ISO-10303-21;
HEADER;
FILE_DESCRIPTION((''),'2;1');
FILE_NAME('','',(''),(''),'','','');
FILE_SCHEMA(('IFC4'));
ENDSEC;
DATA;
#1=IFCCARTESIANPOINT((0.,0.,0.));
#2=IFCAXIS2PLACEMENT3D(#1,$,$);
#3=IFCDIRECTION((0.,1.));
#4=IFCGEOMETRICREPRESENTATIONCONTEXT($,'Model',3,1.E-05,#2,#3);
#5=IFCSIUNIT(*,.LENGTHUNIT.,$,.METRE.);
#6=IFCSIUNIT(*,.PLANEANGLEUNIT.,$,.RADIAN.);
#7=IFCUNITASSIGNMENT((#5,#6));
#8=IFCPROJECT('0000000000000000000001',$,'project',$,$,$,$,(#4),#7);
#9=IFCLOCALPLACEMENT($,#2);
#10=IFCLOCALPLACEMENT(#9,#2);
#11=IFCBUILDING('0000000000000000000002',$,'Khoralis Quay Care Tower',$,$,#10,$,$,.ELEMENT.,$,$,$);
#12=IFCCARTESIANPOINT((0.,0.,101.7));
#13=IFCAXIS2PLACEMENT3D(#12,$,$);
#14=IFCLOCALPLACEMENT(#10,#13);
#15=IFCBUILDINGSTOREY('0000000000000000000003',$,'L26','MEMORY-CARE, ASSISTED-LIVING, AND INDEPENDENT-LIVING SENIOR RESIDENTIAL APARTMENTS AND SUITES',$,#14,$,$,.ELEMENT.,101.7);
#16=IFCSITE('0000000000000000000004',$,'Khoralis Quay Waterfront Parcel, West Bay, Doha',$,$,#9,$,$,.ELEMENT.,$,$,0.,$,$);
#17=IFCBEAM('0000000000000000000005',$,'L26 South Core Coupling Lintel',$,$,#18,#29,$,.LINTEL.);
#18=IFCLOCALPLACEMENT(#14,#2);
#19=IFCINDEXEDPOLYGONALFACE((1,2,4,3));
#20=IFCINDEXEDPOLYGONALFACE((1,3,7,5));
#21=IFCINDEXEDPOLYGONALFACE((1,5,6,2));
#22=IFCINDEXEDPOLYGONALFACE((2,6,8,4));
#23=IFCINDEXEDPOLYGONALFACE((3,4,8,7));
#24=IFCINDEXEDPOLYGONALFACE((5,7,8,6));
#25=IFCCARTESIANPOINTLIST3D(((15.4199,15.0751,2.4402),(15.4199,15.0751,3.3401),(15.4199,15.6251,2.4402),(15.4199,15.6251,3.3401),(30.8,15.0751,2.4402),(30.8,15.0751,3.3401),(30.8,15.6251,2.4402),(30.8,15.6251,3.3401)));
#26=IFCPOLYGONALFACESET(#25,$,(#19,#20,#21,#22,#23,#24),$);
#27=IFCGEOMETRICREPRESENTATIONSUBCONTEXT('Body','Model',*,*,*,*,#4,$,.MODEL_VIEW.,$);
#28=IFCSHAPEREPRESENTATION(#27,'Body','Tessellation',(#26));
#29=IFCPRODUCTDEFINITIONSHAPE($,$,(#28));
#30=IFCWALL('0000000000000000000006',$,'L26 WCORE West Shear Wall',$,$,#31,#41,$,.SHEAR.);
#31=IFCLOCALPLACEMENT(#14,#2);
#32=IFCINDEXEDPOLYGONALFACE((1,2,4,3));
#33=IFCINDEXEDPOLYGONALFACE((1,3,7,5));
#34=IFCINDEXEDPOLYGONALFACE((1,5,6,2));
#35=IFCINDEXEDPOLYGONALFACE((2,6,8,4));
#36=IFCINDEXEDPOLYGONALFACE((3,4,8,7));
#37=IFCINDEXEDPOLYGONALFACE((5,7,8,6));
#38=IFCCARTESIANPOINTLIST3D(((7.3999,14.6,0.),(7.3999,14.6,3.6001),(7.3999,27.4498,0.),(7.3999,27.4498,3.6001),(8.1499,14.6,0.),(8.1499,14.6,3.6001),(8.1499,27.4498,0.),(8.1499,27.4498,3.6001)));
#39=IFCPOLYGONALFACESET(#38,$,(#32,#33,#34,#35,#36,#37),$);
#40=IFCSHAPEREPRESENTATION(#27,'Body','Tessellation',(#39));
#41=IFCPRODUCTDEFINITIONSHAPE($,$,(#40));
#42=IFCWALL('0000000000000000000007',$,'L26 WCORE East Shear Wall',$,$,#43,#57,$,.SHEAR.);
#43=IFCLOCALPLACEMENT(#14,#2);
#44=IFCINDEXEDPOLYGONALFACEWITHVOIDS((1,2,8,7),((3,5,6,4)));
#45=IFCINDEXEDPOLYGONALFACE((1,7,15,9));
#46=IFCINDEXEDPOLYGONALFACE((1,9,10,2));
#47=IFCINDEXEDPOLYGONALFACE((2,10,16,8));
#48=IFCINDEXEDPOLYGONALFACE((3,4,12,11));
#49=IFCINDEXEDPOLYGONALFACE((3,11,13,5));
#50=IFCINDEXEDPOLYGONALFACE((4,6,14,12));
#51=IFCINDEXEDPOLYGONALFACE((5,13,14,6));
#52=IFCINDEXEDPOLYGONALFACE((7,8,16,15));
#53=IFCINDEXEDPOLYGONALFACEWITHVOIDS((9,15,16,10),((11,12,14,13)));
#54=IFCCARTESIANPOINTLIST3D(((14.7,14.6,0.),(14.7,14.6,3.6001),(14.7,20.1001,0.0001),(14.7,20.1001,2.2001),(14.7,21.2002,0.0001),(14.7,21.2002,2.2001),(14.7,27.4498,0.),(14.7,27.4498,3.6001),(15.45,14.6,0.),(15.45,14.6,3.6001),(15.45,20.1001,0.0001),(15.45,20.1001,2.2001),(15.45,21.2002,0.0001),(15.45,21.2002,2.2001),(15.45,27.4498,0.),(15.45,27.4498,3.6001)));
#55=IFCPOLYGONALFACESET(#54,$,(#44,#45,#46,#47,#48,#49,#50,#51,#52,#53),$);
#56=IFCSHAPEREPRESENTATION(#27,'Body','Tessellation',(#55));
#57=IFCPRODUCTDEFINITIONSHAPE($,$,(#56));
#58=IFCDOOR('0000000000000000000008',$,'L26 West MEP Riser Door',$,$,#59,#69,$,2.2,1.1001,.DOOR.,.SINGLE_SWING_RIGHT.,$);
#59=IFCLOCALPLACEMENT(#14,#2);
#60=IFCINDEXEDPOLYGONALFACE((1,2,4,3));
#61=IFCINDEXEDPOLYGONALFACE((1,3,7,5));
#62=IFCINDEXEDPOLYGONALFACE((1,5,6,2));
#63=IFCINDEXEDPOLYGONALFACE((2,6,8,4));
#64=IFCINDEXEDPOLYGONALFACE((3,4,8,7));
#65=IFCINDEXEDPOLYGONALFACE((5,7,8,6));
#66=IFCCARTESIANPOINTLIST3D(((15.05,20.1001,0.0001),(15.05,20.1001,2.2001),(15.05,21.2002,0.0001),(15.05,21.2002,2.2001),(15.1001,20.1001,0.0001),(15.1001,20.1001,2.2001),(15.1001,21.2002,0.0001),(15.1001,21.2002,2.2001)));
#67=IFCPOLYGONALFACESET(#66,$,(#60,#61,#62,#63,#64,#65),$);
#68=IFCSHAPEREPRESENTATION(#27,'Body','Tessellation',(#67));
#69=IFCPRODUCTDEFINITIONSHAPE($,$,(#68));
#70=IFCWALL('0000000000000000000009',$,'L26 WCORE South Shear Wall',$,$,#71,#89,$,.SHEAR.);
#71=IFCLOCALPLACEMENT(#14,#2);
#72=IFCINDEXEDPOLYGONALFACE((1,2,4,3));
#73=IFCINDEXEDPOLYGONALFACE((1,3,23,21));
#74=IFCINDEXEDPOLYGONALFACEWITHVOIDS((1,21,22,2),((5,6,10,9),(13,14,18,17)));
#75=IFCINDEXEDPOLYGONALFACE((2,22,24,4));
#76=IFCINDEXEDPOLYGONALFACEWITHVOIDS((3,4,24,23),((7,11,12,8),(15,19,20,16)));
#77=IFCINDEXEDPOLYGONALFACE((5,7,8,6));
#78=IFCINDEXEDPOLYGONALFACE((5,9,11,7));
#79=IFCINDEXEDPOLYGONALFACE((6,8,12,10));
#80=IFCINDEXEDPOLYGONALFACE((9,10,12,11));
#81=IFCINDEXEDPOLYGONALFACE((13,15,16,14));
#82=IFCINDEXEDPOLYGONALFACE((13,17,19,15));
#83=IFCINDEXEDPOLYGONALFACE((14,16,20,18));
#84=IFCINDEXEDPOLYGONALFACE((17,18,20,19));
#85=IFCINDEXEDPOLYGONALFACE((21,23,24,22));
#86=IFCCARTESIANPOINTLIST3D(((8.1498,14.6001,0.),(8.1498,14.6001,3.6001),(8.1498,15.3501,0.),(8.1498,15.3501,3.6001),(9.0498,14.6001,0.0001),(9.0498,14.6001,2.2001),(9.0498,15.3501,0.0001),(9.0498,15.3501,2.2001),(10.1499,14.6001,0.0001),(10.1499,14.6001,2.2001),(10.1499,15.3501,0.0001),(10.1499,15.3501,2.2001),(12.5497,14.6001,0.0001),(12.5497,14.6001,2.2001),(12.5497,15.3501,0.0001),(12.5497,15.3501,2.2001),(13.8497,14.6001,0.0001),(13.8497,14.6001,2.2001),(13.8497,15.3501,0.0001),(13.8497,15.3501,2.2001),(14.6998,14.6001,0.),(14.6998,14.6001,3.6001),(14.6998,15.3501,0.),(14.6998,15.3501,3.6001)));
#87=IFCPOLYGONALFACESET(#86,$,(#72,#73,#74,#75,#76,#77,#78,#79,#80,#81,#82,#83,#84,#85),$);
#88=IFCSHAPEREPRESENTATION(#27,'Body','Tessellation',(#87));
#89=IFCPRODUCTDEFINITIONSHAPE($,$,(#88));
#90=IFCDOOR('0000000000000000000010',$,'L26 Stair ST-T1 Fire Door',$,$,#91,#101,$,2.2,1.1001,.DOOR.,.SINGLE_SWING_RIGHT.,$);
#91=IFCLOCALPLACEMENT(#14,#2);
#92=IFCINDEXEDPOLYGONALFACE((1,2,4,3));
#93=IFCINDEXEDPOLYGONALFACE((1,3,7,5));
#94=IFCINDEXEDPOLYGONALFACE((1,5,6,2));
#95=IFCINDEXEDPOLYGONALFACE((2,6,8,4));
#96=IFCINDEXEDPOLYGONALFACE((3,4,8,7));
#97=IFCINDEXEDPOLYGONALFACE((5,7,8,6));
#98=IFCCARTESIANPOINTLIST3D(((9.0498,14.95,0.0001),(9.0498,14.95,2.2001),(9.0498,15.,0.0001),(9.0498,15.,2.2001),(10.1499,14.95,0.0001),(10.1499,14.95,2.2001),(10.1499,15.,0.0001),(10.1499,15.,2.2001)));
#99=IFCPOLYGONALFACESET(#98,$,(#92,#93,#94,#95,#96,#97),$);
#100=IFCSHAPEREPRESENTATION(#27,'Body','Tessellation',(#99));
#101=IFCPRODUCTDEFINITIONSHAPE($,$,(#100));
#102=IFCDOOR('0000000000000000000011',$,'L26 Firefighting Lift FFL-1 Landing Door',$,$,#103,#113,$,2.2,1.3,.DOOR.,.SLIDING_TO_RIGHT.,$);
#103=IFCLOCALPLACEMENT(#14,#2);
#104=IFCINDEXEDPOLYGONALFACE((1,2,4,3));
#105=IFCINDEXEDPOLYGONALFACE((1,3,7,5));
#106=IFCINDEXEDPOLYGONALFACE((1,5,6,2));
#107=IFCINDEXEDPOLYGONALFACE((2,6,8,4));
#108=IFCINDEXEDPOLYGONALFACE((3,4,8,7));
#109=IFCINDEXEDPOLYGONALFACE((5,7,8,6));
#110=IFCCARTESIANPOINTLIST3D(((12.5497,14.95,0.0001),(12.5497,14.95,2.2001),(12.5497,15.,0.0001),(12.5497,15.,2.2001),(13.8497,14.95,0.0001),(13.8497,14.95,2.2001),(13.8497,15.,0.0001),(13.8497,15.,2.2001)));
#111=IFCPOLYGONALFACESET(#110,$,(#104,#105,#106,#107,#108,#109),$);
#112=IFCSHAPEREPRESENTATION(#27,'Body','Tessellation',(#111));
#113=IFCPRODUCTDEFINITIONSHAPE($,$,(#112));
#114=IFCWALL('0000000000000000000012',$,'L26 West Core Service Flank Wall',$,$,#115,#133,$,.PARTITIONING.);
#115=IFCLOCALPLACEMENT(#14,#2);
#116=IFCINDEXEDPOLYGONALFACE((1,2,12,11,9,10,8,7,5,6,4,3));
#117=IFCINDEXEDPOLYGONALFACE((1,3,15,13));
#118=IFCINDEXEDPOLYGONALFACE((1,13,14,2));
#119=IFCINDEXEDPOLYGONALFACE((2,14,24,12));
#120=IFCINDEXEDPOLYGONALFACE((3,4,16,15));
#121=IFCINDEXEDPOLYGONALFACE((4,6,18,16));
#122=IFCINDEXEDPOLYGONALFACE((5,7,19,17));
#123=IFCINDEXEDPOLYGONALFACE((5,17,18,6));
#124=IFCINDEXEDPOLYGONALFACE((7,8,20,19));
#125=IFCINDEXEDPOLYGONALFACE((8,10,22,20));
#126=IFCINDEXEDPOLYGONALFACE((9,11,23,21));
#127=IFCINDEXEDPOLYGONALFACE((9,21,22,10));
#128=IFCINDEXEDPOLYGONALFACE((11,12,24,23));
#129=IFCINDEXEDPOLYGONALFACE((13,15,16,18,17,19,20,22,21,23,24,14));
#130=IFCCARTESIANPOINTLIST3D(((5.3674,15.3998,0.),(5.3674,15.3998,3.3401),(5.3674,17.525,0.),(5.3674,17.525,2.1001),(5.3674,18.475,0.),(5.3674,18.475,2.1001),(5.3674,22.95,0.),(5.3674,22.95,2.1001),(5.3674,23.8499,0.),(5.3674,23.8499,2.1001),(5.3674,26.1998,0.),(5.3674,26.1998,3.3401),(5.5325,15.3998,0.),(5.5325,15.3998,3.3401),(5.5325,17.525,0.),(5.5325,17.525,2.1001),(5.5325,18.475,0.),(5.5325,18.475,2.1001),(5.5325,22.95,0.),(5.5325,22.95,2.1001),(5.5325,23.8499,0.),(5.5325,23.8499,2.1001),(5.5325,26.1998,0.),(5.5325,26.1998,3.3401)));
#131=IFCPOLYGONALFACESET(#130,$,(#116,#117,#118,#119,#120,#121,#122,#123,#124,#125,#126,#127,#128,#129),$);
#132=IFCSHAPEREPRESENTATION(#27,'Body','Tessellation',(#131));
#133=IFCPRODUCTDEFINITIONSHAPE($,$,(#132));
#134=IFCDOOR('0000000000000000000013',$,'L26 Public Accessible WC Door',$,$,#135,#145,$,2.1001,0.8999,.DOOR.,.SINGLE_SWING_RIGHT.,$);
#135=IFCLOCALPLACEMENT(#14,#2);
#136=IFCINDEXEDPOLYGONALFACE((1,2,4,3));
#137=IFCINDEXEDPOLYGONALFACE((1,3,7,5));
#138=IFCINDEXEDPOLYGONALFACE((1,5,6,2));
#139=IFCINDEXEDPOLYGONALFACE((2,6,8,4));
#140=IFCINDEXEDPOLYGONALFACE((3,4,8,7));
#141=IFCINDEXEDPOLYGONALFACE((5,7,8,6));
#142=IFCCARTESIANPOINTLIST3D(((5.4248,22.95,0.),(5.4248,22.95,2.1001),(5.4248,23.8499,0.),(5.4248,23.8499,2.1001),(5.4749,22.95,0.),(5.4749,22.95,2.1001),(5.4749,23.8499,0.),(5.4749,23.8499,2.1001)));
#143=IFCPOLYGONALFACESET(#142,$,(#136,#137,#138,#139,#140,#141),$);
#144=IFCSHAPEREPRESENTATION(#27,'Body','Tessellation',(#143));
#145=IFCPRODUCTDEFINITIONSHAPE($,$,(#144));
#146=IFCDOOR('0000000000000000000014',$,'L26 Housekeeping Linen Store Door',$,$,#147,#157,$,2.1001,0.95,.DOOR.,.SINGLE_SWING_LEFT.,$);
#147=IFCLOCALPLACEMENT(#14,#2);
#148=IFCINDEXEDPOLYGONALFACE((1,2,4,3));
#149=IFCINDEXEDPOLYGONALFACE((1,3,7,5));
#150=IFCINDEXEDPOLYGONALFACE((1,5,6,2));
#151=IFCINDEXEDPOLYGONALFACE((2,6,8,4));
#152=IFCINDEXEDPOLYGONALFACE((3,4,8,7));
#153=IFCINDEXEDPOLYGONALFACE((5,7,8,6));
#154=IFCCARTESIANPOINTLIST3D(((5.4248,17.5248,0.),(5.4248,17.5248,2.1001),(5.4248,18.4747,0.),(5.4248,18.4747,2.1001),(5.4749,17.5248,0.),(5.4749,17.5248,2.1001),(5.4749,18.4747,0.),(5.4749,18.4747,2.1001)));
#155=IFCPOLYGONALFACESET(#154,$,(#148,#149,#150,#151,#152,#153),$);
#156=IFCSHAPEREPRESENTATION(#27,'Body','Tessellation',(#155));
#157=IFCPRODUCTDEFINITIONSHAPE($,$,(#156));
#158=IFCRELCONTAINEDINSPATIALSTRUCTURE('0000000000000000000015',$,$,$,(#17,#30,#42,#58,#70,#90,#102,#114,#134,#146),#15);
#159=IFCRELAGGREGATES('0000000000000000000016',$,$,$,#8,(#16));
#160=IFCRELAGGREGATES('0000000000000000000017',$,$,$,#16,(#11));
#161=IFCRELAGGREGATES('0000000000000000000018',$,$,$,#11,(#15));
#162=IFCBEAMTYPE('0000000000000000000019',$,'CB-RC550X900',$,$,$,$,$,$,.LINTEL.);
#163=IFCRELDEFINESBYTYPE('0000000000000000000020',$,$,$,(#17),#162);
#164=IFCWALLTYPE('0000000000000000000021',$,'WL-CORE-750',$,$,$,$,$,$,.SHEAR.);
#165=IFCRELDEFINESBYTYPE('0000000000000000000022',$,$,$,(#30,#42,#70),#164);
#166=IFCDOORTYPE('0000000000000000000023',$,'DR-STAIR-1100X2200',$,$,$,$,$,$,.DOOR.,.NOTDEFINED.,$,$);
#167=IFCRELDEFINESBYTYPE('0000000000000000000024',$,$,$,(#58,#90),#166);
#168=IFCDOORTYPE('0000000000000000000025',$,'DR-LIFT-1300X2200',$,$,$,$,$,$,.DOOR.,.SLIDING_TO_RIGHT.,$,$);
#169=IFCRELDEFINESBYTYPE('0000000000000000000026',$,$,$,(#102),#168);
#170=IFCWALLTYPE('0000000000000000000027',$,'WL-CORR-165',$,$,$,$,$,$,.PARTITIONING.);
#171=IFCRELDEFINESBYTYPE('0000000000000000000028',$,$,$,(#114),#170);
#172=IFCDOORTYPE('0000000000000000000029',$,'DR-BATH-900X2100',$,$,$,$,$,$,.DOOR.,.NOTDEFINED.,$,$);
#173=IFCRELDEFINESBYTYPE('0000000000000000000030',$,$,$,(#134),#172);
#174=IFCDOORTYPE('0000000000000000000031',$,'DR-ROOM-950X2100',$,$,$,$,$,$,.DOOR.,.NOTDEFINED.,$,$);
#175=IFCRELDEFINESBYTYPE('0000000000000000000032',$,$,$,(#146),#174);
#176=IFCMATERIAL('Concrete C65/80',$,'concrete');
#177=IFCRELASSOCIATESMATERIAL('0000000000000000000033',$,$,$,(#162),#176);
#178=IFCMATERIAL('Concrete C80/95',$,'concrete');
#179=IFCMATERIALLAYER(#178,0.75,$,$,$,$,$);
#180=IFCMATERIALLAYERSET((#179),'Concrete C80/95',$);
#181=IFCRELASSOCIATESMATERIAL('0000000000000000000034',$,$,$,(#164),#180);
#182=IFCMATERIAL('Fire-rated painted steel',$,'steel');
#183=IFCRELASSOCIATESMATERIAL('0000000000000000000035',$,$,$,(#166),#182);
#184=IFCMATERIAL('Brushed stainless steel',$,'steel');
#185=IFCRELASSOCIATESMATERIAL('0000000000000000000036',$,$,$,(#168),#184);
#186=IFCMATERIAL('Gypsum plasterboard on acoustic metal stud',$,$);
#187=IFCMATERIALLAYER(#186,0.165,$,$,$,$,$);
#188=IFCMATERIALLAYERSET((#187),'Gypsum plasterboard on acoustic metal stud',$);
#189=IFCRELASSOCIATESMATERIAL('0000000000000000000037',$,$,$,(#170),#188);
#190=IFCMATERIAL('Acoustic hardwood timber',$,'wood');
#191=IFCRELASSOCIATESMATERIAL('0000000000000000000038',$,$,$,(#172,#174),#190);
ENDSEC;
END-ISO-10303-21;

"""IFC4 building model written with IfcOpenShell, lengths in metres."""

from ifc_helpers import new_model, si_unit, direction, frame, frame_2d, origin, origin_2d, place, context, subcontext, project, spatial, rectangle, extrude, source, transform, mapped, material, layer, layer_set, material_profile, profile_set, type_object, element, fill, save


model = new_model("IFC4")

# Units and contexts
model_context = context("Model", 3, precision=1e-05, world=origin(), true_north=direction((0.0, 1.0)))
body_context = subcontext(model_context, "Body", "Model", "MODEL_VIEW")
ifc_project = project(units=[si_unit("LENGTHUNIT", "METRE"), si_unit("PLANEANGLEUNIT", "RADIAN")], contexts=[model_context])

# Site, building, storey
site_placement = place(None, origin())
site = spatial("IfcSite", under=ifc_project, at=site_placement, Name="Khoralis Quay Waterfront Parcel, West Bay, Doha", CompositionType="ELEMENT", RefElevation=0.0)
building_placement = place(site_placement, origin())
building = spatial("IfcBuilding", under=site, at=building_placement, Name="Khoralis Quay Care Tower", CompositionType="ELEMENT")
storey_placement = place(building_placement, frame((0.0, 0.0, 101.7)))
storey = spatial("IfcBuildingStorey", under=building, at=storey_placement, Name="L26", Description="MEMORY-CARE, ASSISTED-LIVING, AND INDEPENDENT-LIVING SENIOR RESIDENTIAL APARTMENTS AND SUITES", CompositionType="ELEMENT", Elevation=101.7)

# Beam
ifc_material_1 = material(Name="Concrete C65/80", Category="concrete")
ifc_material_profile = material_profile(ifc_material_1, rectangle(XDim=0.55, YDim=0.8999, at=origin_2d()), Name="Concrete C65/80")
ifc_profile_set = profile_set([ifc_material_profile], Name="Concrete C65/80")
beam_type = type_object("IfcBeamType", Name="CB-RC550X900", PredefinedType="LINTEL", material=ifc_profile_set)
shared_shape_1 = source(origin(), body_context, "Body", "SweptSolid", [
    extrude(rectangle(XDim=0.55, YDim=0.8999, at=origin_2d()), origin(), (0.0, 0.0, 1.0), 15.3801),
])
beam_placement = place(storey_placement, frame((15.4199, 15.3501, 2.8901), z_axis=(1.0, 0.0, 0.0), x_axis=(0.0, 1.0, 0.0)))
element("IfcBeam", 1, at=beam_placement, inside=storey, type_object=beam_type, Name="L26 South Core Coupling Lintel", PredefinedType="LINTEL", context=body_context, shape_type="MappedRepresentation", body=[
    mapped(shared_shape_1, transform((0.0, 0.0, 0.0), scale=1.0)),
])

# Wall
ifc_material_2 = material(Name="Concrete C80/95", Category="concrete")
ifc_layer_1 = layer(ifc_material_2, 0.75)
ifc_layer_set_1 = layer_set([ifc_layer_1], Name="Concrete C80/95")
wall_type_1 = type_object("IfcWallType", Name="WL-CORE-750", PredefinedType="SHEAR", material=ifc_layer_set_1)
wall_1_placement = place(storey_placement, frame((7.7749, 14.6001, 0.0), z_axis=(0.0, 0.0, 1.0), x_axis=(0.0, 1.0, 0.0)))
element("IfcWall", 2, at=wall_1_placement, inside=storey, type_object=wall_type_1, Name="L26 WCORE West Shear Wall", PredefinedType="SHEAR", context=body_context, shape_type="SweptSolid", body=[
    extrude(rectangle(XDim=12.8499, YDim=0.75, at=frame_2d((6.4248, 0.0))), origin(), (0.0, 0.0, 1.0), 3.6001),
])

# Wall, opening, door
wall_2_placement = place(storey_placement, frame((15.075, 14.6001, 0.0), z_axis=(0.0, 0.0, 1.0), x_axis=(0.0, 1.0, 0.0)))
wall_2 = element("IfcWall", 3, at=wall_2_placement, inside=storey, type_object=wall_type_1, Name="L26 WCORE East Shear Wall", PredefinedType="SHEAR", context=body_context, shape_type="SweptSolid", body=[
    extrude(rectangle(XDim=12.8499, YDim=0.75, at=frame_2d((6.4248, 0.0))), origin(), (0.0, 0.0, 1.0), 3.6001),
])
opening_1_placement = place(wall_2_placement, frame((5.5, 0.0, 0.0)))
opening_1 = element("IfcOpeningElement", 4, at=opening_1_placement, cuts=wall_2, PredefinedType="OPENING", context=body_context, shape_type="SweptSolid", body=[
    extrude(rectangle(XDim=1.1001, YDim=2.2, at=frame_2d((0.55, 1.1001))), frame((0.0, 0.385, 0.0), z_axis=(0.0, -1.0, 0.0), x_axis=(1.0, 0.0, 0.0)), (0.0, 0.0, 1.0), 0.77),
])
ifc_material_3 = material(Name="Fire-rated painted steel", Category="steel")
door_type_1 = type_object("IfcDoorType", Name="DR-STAIR-1100X2200", OperationType="NOTDEFINED", PredefinedType="DOOR", material=ifc_material_3)
shared_shape_2 = source(origin(), body_context, "Body", "SweptSolid", [
    extrude(rectangle(XDim=1.1001, YDim=2.2, at=frame_2d((0.55, 1.1001))), frame((0.0, 0.0249, 0.0), z_axis=(0.0, -1.0, 0.0), x_axis=(1.0, 0.0, 0.0)), (0.0, 0.0, 1.0), 0.05),
])
door_1_placement = place(opening_1_placement, origin())
door_1 = element("IfcDoor", 5, at=door_1_placement, inside=storey, type_object=door_type_1, Name="L26 West MEP Riser Door", OperationType="SINGLE_SWING_RIGHT", OverallHeight=2.2, OverallWidth=1.1001, PredefinedType="DOOR", context=body_context, shape_type="MappedRepresentation", body=[
    mapped(shared_shape_2, transform((0.0, 0.0, 0.0), scale=1.0)),
])
fill(opening_1, door_1)

# Walls, openings, doors
wall_3_placement = place(storey_placement, frame((8.1499, 14.9751, 0.0), z_axis=(0.0, 0.0, 1.0), x_axis=(1.0, 0.0, 0.0)))
wall_3 = element("IfcWall", 6, at=wall_3_placement, inside=storey, type_object=wall_type_1, Name="L26 WCORE South Shear Wall", PredefinedType="SHEAR", context=body_context, shape_type="SweptSolid", body=[
    extrude(rectangle(XDim=6.55, YDim=0.75, at=frame_2d((3.2749, 0.0))), origin(), (0.0, 0.0, 1.0), 3.6001),
])
opening_2_placement = place(wall_3_placement, frame((0.8999, 0.0, 0.0)))
opening_2 = element("IfcOpeningElement", 7, at=opening_2_placement, cuts=wall_3, PredefinedType="OPENING", context=body_context, shape_type="SweptSolid", body=[
    extrude(rectangle(XDim=1.1001, YDim=2.2, at=frame_2d((0.55, 1.1001))), frame((0.0, 0.385, 0.0), z_axis=(0.0, -1.0, 0.0), x_axis=(1.0, 0.0, 0.0)), (0.0, 0.0, 1.0), 0.77),
])
opening_3_placement = place(wall_3_placement, frame((4.3999, 0.0, 0.0)))
opening_3 = element("IfcOpeningElement", 8, at=opening_3_placement, cuts=wall_3, PredefinedType="OPENING", context=body_context, shape_type="SweptSolid", body=[
    extrude(rectangle(XDim=1.3, YDim=2.2, at=frame_2d((0.6499, 1.1001))), frame((0.0, 0.385, 0.0), z_axis=(0.0, -1.0, 0.0), x_axis=(1.0, 0.0, 0.0)), (0.0, 0.0, 1.0), 0.77),
])
door_2_placement = place(opening_2_placement, origin())
door_2 = element("IfcDoor", 9, at=door_2_placement, inside=storey, type_object=door_type_1, Name="L26 Stair ST-T1 Fire Door", OperationType="SINGLE_SWING_RIGHT", OverallHeight=2.2, OverallWidth=1.1001, PredefinedType="DOOR", context=body_context, shape_type="MappedRepresentation", body=[
    mapped(shared_shape_2, transform((0.0, 0.0, 0.0), scale=1.0)),
])
fill(opening_2, door_2)
ifc_material_4 = material(Name="Brushed stainless steel", Category="steel")
door_type_2 = type_object("IfcDoorType", Name="DR-LIFT-1300X2200", OperationType="SLIDING_TO_RIGHT", PredefinedType="DOOR", material=ifc_material_4)
shared_shape_3 = source(origin(), body_context, "Body", "SweptSolid", [
    extrude(rectangle(XDim=1.3, YDim=2.2, at=frame_2d((0.6499, 1.1001))), frame((0.0, 0.0249, 0.0), z_axis=(0.0, -1.0, 0.0), x_axis=(1.0, 0.0, 0.0)), (0.0, 0.0, 1.0), 0.05),
])
door_3_placement = place(opening_3_placement, origin())
door_3 = element("IfcDoor", 10, at=door_3_placement, inside=storey, type_object=door_type_2, Name="L26 Firefighting Lift FFL-1 Landing Door", OperationType="SLIDING_TO_RIGHT", OverallHeight=2.2, OverallWidth=1.3, PredefinedType="DOOR", context=body_context, shape_type="MappedRepresentation", body=[
    mapped(shared_shape_3, transform((0.0, 0.0, 0.0), scale=1.0)),
])
fill(opening_3, door_3)
ifc_material_5 = material(Name="Gypsum plasterboard on acoustic metal stud")
ifc_layer_2 = layer(ifc_material_5, 0.165)
ifc_layer_set_2 = layer_set([ifc_layer_2], Name="Gypsum plasterboard on acoustic metal stud")
wall_type_2 = type_object("IfcWallType", Name="WL-CORR-165", PredefinedType="PARTITIONING", material=ifc_layer_set_2)
wall_4_placement = place(storey_placement, frame((5.45, 15.3999, 0.0), z_axis=(0.0, 0.0, 1.0), x_axis=(0.0, 1.0, 0.0)))
wall_4 = element("IfcWall", 11, at=wall_4_placement, inside=storey, type_object=wall_type_2, Name="L26 West Core Service Flank Wall", PredefinedType="PARTITIONING", context=body_context, shape_type="SweptSolid", body=[
    extrude(rectangle(XDim=10.8, YDim=0.165, at=frame_2d((5.3999, 0.0))), origin(), (0.0, 0.0, 1.0), 3.3401),
])
opening_4_placement = place(wall_4_placement, frame((2.125, 0.0, 0.0)))
opening_4 = element("IfcOpeningElement", 12, at=opening_4_placement, cuts=wall_4, PredefinedType="OPENING", context=body_context, shape_type="SweptSolid", body=[
    extrude(rectangle(XDim=0.95, YDim=2.1001, at=frame_2d((0.4751, 1.05))), frame((0.0, 0.0925, 0.0), z_axis=(0.0, -1.0, 0.0), x_axis=(1.0, 0.0, 0.0)), (0.0, 0.0, 1.0), 0.1851),
])
opening_5_placement = place(wall_4_placement, frame((7.55, 0.0, 0.0)))
opening_5 = element("IfcOpeningElement", 13, at=opening_5_placement, cuts=wall_4, PredefinedType="OPENING", context=body_context, shape_type="SweptSolid", body=[
    extrude(rectangle(XDim=0.8999, YDim=2.1001, at=frame_2d((0.45, 1.05))), frame((0.0, 0.0925, 0.0), z_axis=(0.0, -1.0, 0.0), x_axis=(1.0, 0.0, 0.0)), (0.0, 0.0, 1.0), 0.1851),
])
ifc_material_6 = material(Name="Acoustic hardwood timber", Category="wood")
door_type_3 = type_object("IfcDoorType", Name="DR-BATH-900X2100", OperationType="NOTDEFINED", PredefinedType="DOOR", material=ifc_material_6)
shared_shape_4 = source(origin(), body_context, "Body", "SweptSolid", [
    extrude(rectangle(XDim=0.8999, YDim=2.1001, at=frame_2d((0.45, 1.05))), frame((0.0, 0.0249, 0.0), z_axis=(0.0, -1.0, 0.0), x_axis=(1.0, 0.0, 0.0)), (0.0, 0.0, 1.0), 0.05),
])
door_4_placement = place(opening_5_placement, frame((0.8999, 0.0, 0.0), z_axis=(0.0, 0.0, 1.0), x_axis=(-1.0, 0.0, 0.0)))
door_4 = element("IfcDoor", 14, at=door_4_placement, inside=storey, type_object=door_type_3, Name="L26 Public Accessible WC Door", OperationType="SINGLE_SWING_RIGHT", OverallHeight=2.1001, OverallWidth=0.8999, PredefinedType="DOOR", context=body_context, shape_type="MappedRepresentation", body=[
    mapped(shared_shape_4, transform((0.0, 0.0, 0.0), scale=1.0)),
])
fill(opening_5, door_4)
door_type_4 = type_object("IfcDoorType", Name="DR-ROOM-950X2100", OperationType="NOTDEFINED", PredefinedType="DOOR", material=ifc_material_6)
shared_shape_5 = source(origin(), body_context, "Body", "SweptSolid", [
    extrude(rectangle(XDim=0.95, YDim=2.1001, at=frame_2d((0.4751, 1.05))), frame((0.0, 0.0249, 0.0), z_axis=(0.0, -1.0, 0.0), x_axis=(1.0, 0.0, 0.0)), (0.0, 0.0, 1.0), 0.05),
])
door_5_placement = place(opening_4_placement, frame((0.95, 0.0, 0.0), z_axis=(0.0, 0.0, 1.0), x_axis=(-1.0, 0.0, 0.0)))
door_5 = element("IfcDoor", 15, at=door_5_placement, inside=storey, type_object=door_type_4, Name="L26 Housekeeping Linen Store Door", OperationType="SINGLE_SWING_LEFT", OverallHeight=2.1001, OverallWidth=0.95, PredefinedType="DOOR", context=body_context, shape_type="MappedRepresentation", body=[
    mapped(shared_shape_5, transform((0.0, 0.0, 0.0), scale=1.0)),
])
fill(opening_4, door_5)

save(model, "model.ifc")
